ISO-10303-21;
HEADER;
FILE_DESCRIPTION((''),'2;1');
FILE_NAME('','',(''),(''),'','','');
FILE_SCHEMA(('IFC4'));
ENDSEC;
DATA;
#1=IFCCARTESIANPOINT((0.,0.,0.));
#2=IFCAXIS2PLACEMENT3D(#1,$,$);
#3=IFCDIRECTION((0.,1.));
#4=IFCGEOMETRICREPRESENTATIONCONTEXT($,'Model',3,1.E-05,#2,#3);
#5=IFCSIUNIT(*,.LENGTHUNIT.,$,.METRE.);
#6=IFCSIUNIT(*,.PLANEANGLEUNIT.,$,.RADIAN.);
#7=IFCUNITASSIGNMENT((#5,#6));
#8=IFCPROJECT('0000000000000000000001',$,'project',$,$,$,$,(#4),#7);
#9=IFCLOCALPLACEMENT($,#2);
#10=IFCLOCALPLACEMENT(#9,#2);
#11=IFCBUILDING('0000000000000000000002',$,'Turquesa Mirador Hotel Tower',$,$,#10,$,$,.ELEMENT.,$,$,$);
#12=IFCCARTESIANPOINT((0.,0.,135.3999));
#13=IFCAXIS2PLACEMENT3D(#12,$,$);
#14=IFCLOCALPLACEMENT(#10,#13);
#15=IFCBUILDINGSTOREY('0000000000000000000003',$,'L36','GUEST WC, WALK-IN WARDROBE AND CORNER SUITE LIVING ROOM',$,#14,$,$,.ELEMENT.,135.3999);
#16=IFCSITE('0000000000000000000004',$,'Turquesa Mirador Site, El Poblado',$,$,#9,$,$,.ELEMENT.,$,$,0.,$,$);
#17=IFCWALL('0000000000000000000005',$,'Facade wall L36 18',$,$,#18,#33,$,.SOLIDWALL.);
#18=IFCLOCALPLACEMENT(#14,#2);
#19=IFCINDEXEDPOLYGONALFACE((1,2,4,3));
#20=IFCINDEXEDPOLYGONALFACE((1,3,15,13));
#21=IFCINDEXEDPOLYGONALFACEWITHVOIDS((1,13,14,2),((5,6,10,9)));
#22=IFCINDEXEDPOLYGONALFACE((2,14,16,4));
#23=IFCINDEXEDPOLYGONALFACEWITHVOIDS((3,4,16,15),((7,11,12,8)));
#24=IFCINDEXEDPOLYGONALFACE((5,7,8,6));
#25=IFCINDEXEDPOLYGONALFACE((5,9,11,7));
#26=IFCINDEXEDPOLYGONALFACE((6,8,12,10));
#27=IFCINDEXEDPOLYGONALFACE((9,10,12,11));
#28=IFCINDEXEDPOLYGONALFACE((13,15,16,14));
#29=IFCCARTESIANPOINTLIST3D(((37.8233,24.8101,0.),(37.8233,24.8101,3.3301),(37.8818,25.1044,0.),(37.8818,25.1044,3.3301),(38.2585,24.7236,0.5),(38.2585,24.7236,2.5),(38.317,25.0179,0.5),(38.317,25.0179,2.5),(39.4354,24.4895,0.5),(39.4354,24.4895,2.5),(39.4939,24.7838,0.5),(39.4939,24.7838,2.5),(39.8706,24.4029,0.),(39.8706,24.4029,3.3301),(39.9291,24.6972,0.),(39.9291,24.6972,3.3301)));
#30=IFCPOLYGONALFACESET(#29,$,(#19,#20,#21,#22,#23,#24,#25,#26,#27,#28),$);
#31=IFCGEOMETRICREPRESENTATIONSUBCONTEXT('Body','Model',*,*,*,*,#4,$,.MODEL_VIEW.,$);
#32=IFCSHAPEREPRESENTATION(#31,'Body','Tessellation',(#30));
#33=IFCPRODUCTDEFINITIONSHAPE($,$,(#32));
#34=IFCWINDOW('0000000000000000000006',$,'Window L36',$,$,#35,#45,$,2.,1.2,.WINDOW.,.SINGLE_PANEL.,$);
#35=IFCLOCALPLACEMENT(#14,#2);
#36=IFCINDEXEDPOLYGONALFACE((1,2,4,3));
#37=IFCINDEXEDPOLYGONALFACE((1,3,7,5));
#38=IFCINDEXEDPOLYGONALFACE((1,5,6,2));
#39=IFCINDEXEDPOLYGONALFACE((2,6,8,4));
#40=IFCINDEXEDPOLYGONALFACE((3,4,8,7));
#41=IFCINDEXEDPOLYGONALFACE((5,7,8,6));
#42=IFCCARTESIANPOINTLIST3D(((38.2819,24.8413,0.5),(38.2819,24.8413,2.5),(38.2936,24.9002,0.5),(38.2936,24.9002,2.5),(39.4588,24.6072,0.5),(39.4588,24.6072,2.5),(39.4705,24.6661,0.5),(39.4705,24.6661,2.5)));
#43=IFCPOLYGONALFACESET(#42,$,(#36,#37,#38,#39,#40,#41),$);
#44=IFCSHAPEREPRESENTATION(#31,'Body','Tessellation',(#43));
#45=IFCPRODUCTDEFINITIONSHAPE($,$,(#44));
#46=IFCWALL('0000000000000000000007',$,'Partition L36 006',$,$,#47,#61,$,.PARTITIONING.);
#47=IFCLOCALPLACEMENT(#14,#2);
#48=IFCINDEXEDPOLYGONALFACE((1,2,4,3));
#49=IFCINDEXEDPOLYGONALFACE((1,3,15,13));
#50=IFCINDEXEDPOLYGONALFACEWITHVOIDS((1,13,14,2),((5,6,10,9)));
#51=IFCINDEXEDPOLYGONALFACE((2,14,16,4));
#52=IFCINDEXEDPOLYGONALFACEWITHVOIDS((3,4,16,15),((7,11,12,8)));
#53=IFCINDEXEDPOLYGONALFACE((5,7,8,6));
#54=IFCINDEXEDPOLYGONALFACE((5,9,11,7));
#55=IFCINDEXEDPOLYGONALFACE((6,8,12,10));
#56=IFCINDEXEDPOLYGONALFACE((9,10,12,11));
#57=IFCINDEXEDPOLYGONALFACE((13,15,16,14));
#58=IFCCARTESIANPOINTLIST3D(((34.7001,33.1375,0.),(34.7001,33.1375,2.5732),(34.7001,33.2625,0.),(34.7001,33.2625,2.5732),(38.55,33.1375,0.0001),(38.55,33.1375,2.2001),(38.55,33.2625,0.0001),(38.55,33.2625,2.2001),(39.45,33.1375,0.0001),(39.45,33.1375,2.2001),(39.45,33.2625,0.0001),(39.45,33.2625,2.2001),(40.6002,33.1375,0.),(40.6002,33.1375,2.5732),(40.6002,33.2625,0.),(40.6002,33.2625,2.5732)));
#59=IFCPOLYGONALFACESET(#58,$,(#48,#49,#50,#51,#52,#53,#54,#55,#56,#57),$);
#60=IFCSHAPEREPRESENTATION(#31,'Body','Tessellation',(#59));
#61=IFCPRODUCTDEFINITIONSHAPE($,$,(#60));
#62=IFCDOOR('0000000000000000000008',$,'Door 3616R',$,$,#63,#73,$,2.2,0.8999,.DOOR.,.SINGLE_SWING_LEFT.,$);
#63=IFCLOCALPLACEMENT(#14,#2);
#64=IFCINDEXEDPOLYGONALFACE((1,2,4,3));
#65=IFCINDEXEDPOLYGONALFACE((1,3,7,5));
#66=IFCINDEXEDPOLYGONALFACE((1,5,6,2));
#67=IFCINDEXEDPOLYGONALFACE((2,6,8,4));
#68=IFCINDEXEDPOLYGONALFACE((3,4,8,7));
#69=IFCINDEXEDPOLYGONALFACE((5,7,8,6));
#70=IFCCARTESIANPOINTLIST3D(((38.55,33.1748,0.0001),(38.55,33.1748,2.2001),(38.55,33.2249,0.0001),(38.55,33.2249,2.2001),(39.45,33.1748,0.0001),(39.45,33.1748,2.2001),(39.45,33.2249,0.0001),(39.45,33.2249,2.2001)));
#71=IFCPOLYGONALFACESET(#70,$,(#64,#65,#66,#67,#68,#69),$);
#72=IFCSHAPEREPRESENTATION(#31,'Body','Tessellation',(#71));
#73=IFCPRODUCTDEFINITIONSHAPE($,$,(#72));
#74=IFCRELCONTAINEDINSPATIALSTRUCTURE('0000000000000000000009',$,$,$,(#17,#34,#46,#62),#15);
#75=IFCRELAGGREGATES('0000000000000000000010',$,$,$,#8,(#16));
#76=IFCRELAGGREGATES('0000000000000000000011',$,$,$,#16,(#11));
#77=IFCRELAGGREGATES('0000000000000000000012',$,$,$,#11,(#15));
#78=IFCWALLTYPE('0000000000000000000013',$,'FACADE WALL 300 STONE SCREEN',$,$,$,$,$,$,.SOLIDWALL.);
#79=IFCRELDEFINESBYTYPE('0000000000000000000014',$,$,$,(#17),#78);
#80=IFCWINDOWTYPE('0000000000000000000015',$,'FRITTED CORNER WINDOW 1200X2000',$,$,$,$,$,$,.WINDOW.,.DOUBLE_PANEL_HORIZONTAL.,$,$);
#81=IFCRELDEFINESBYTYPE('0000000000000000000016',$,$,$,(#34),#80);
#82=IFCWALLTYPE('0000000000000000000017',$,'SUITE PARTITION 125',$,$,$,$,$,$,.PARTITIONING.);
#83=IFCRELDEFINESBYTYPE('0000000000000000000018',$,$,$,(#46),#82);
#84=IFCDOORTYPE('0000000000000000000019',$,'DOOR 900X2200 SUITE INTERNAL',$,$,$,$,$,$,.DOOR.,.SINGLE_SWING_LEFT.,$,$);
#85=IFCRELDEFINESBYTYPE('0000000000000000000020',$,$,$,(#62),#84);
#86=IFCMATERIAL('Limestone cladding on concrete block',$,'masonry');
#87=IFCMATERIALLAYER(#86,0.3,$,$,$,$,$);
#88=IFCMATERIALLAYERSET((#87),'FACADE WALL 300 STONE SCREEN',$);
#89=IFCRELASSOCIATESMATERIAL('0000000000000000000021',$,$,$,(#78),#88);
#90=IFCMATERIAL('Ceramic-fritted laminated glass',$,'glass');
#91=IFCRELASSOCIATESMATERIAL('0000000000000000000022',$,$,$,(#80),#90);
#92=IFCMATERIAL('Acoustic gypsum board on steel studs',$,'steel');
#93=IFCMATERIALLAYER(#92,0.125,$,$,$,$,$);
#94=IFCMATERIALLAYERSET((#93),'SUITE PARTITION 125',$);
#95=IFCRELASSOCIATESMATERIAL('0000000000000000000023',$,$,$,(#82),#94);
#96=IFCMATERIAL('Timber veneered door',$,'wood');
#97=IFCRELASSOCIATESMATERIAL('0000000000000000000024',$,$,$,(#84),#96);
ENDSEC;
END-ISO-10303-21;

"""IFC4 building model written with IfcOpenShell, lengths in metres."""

from ifc_helpers import new_model, si_unit, direction, frame, frame_2d, origin, place, context, subcontext, project, spatial, rectangle, extrude, material, layer, layer_set, type_object, element, fill, save


model = new_model("IFC4")

# Units and contexts
model_context = context("Model", 3, precision=1e-05, world=origin(), true_north=direction((0.0, 1.0)))
body_context = subcontext(model_context, "Body", "Model", "MODEL_VIEW")
ifc_project = project(units=[si_unit("LENGTHUNIT", "METRE"), si_unit("PLANEANGLEUNIT", "RADIAN")], contexts=[model_context])

# Site, building, storey
site_placement = place(None, origin())
site = spatial("IfcSite", under=ifc_project, at=site_placement, Name="Turquesa Mirador Site, El Poblado", CompositionType="ELEMENT", RefElevation=0.0)
building_placement = place(site_placement, origin())
building = spatial("IfcBuilding", under=site, at=building_placement, Name="Turquesa Mirador Hotel Tower", CompositionType="ELEMENT")
storey_placement = place(building_placement, frame((0.0, 0.0, 135.3999)))
storey = spatial("IfcBuildingStorey", under=building, at=storey_placement, Name="L36", Description="GUEST WC, WALK-IN WARDROBE AND CORNER SUITE LIVING ROOM", CompositionType="ELEMENT", Elevation=135.3999)

# Wall, opening, window
ifc_material_1 = material(Name="Limestone cladding on concrete block", Category="masonry")
ifc_layer_1 = layer(ifc_material_1, 0.3)
ifc_layer_set_1 = layer_set([ifc_layer_1], Name="FACADE WALL 300 STONE SCREEN")
wall_type_1 = type_object("IfcWallType", Name="FACADE WALL 300 STONE SCREEN", PredefinedType="SOLIDWALL", material=ifc_layer_set_1)
ifc_material_2 = material(Name="Ceramic-fritted laminated glass", Category="glass")
window_type_1 = type_object("IfcWindowType", Name="FRITTED CORNER WINDOW 1200X2000", PartitioningType="DOUBLE_PANEL_HORIZONTAL", PredefinedType="WINDOW", material=ifc_material_2)
wall_1_placement = place(storey_placement, frame((37.8525, 24.9573, 0.0), z_axis=(0.0, 0.0, 1.0), x_axis=(0.980787, -0.195081, 0.0)))
wall_1 = element("IfcWall", 1, at=wall_1_placement, inside=storey, type_object=wall_type_1, Name="Facade wall L36 18", PredefinedType="SOLIDWALL", context=body_context, shape_type="SweptSolid", body=[
    extrude(rectangle(XDim=2.0874, YDim=0.3, at=frame_2d((1.0437, 0.0))), origin(), (0.0, 0.0, 1.0), 3.3301),
])
opening_1_placement = place(wall_1_placement, frame((0.4436, 0.0, 0.5)))
opening_1 = element("IfcOpeningElement", 2, at=opening_1_placement, cuts=wall_1, PredefinedType="OPENING", context=body_context, shape_type="SweptSolid", body=[
    extrude(rectangle(XDim=1.2, YDim=2.0, at=frame_2d((0.6001, 1.0))), frame((0.0, 0.1599, 0.0), z_axis=(0.0, -1.0, 0.0), x_axis=(1.0, 0.0, 0.0)), (0.0, 0.0, 1.0), 0.3201),
])
window_1_placement = place(opening_1_placement, origin())
window_1 = element("IfcWindow", 3, at=window_1_placement, inside=storey, type_object=window_type_1, Name="Window L36", OverallHeight=2.0, OverallWidth=1.2, PartitioningType="SINGLE_PANEL", PredefinedType="WINDOW", context=body_context, shape_type="SweptSolid", body=[
    extrude(rectangle(XDim=1.2, YDim=2.0, at=frame_2d((0.6001, 1.0))), frame((0.0, 0.03, 0.0), z_axis=(0.0, -1.0, 0.0), x_axis=(1.0, 0.0, 0.0)), (0.0, 0.0, 1.0), 0.0601),
])
fill(opening_1, window_1)

# Wall, opening, door
ifc_material_3 = material(Name="Acoustic gypsum board on steel studs", Category="steel")
ifc_layer_2 = layer(ifc_material_3, 0.125)
ifc_layer_set_2 = layer_set([ifc_layer_2], Name="SUITE PARTITION 125")
wall_type_2 = type_object("IfcWallType", Name="SUITE PARTITION 125", PredefinedType="PARTITIONING", material=ifc_layer_set_2)
wall_2_placement = place(storey_placement, frame((34.7, 33.2, 0.0), z_axis=(0.0, 0.0, 1.0), x_axis=(1.0, 0.0, 0.0)))
wall_2 = element("IfcWall", 4, at=wall_2_placement, inside=storey, type_object=wall_type_2, Name="Partition L36 006", PredefinedType="PARTITIONING", context=body_context, shape_type="SweptSolid", body=[
    extrude(rectangle(XDim=5.9001, YDim=0.125, at=frame_2d((2.9502, 0.0))), origin(), (0.0, 0.0, 1.0), 2.5732),
])
opening_2_placement = place(wall_2_placement, frame((3.8501, 0.0, 0.0)))
opening_2 = element("IfcOpeningElement", 5, at=opening_2_placement, cuts=wall_2, PredefinedType="OPENING", context=body_context, shape_type="SweptSolid", body=[
    extrude(rectangle(XDim=0.8999, YDim=2.2, at=frame_2d((0.45, 1.1001))), frame((0.0, 0.0725, 0.0), z_axis=(0.0, -1.0, 0.0), x_axis=(1.0, 0.0, 0.0)), (0.0, 0.0, 1.0), 0.145),
])
ifc_material_4 = material(Name="Timber veneered door", Category="wood")
door_type_1 = type_object("IfcDoorType", Name="DOOR 900X2200 SUITE INTERNAL", OperationType="SINGLE_SWING_LEFT", PredefinedType="DOOR", material=ifc_material_4)
door_1_placement = place(opening_2_placement, origin())
door_1 = element("IfcDoor", 6, at=door_1_placement, inside=storey, type_object=door_type_1, Name="Door 3616R", OperationType="SINGLE_SWING_LEFT", OverallHeight=2.2, OverallWidth=0.8999, PredefinedType="DOOR", context=body_context, shape_type="SweptSolid", body=[
    extrude(rectangle(XDim=0.8999, YDim=2.2, at=frame_2d((0.45, 1.1001))), frame((0.0, 0.0249, 0.0), z_axis=(0.0, -1.0, 0.0), x_axis=(1.0, 0.0, 0.0)), (0.0, 0.0, 1.0), 0.05),
])
fill(opening_2, door_1)

save(model, "model.ifc")
